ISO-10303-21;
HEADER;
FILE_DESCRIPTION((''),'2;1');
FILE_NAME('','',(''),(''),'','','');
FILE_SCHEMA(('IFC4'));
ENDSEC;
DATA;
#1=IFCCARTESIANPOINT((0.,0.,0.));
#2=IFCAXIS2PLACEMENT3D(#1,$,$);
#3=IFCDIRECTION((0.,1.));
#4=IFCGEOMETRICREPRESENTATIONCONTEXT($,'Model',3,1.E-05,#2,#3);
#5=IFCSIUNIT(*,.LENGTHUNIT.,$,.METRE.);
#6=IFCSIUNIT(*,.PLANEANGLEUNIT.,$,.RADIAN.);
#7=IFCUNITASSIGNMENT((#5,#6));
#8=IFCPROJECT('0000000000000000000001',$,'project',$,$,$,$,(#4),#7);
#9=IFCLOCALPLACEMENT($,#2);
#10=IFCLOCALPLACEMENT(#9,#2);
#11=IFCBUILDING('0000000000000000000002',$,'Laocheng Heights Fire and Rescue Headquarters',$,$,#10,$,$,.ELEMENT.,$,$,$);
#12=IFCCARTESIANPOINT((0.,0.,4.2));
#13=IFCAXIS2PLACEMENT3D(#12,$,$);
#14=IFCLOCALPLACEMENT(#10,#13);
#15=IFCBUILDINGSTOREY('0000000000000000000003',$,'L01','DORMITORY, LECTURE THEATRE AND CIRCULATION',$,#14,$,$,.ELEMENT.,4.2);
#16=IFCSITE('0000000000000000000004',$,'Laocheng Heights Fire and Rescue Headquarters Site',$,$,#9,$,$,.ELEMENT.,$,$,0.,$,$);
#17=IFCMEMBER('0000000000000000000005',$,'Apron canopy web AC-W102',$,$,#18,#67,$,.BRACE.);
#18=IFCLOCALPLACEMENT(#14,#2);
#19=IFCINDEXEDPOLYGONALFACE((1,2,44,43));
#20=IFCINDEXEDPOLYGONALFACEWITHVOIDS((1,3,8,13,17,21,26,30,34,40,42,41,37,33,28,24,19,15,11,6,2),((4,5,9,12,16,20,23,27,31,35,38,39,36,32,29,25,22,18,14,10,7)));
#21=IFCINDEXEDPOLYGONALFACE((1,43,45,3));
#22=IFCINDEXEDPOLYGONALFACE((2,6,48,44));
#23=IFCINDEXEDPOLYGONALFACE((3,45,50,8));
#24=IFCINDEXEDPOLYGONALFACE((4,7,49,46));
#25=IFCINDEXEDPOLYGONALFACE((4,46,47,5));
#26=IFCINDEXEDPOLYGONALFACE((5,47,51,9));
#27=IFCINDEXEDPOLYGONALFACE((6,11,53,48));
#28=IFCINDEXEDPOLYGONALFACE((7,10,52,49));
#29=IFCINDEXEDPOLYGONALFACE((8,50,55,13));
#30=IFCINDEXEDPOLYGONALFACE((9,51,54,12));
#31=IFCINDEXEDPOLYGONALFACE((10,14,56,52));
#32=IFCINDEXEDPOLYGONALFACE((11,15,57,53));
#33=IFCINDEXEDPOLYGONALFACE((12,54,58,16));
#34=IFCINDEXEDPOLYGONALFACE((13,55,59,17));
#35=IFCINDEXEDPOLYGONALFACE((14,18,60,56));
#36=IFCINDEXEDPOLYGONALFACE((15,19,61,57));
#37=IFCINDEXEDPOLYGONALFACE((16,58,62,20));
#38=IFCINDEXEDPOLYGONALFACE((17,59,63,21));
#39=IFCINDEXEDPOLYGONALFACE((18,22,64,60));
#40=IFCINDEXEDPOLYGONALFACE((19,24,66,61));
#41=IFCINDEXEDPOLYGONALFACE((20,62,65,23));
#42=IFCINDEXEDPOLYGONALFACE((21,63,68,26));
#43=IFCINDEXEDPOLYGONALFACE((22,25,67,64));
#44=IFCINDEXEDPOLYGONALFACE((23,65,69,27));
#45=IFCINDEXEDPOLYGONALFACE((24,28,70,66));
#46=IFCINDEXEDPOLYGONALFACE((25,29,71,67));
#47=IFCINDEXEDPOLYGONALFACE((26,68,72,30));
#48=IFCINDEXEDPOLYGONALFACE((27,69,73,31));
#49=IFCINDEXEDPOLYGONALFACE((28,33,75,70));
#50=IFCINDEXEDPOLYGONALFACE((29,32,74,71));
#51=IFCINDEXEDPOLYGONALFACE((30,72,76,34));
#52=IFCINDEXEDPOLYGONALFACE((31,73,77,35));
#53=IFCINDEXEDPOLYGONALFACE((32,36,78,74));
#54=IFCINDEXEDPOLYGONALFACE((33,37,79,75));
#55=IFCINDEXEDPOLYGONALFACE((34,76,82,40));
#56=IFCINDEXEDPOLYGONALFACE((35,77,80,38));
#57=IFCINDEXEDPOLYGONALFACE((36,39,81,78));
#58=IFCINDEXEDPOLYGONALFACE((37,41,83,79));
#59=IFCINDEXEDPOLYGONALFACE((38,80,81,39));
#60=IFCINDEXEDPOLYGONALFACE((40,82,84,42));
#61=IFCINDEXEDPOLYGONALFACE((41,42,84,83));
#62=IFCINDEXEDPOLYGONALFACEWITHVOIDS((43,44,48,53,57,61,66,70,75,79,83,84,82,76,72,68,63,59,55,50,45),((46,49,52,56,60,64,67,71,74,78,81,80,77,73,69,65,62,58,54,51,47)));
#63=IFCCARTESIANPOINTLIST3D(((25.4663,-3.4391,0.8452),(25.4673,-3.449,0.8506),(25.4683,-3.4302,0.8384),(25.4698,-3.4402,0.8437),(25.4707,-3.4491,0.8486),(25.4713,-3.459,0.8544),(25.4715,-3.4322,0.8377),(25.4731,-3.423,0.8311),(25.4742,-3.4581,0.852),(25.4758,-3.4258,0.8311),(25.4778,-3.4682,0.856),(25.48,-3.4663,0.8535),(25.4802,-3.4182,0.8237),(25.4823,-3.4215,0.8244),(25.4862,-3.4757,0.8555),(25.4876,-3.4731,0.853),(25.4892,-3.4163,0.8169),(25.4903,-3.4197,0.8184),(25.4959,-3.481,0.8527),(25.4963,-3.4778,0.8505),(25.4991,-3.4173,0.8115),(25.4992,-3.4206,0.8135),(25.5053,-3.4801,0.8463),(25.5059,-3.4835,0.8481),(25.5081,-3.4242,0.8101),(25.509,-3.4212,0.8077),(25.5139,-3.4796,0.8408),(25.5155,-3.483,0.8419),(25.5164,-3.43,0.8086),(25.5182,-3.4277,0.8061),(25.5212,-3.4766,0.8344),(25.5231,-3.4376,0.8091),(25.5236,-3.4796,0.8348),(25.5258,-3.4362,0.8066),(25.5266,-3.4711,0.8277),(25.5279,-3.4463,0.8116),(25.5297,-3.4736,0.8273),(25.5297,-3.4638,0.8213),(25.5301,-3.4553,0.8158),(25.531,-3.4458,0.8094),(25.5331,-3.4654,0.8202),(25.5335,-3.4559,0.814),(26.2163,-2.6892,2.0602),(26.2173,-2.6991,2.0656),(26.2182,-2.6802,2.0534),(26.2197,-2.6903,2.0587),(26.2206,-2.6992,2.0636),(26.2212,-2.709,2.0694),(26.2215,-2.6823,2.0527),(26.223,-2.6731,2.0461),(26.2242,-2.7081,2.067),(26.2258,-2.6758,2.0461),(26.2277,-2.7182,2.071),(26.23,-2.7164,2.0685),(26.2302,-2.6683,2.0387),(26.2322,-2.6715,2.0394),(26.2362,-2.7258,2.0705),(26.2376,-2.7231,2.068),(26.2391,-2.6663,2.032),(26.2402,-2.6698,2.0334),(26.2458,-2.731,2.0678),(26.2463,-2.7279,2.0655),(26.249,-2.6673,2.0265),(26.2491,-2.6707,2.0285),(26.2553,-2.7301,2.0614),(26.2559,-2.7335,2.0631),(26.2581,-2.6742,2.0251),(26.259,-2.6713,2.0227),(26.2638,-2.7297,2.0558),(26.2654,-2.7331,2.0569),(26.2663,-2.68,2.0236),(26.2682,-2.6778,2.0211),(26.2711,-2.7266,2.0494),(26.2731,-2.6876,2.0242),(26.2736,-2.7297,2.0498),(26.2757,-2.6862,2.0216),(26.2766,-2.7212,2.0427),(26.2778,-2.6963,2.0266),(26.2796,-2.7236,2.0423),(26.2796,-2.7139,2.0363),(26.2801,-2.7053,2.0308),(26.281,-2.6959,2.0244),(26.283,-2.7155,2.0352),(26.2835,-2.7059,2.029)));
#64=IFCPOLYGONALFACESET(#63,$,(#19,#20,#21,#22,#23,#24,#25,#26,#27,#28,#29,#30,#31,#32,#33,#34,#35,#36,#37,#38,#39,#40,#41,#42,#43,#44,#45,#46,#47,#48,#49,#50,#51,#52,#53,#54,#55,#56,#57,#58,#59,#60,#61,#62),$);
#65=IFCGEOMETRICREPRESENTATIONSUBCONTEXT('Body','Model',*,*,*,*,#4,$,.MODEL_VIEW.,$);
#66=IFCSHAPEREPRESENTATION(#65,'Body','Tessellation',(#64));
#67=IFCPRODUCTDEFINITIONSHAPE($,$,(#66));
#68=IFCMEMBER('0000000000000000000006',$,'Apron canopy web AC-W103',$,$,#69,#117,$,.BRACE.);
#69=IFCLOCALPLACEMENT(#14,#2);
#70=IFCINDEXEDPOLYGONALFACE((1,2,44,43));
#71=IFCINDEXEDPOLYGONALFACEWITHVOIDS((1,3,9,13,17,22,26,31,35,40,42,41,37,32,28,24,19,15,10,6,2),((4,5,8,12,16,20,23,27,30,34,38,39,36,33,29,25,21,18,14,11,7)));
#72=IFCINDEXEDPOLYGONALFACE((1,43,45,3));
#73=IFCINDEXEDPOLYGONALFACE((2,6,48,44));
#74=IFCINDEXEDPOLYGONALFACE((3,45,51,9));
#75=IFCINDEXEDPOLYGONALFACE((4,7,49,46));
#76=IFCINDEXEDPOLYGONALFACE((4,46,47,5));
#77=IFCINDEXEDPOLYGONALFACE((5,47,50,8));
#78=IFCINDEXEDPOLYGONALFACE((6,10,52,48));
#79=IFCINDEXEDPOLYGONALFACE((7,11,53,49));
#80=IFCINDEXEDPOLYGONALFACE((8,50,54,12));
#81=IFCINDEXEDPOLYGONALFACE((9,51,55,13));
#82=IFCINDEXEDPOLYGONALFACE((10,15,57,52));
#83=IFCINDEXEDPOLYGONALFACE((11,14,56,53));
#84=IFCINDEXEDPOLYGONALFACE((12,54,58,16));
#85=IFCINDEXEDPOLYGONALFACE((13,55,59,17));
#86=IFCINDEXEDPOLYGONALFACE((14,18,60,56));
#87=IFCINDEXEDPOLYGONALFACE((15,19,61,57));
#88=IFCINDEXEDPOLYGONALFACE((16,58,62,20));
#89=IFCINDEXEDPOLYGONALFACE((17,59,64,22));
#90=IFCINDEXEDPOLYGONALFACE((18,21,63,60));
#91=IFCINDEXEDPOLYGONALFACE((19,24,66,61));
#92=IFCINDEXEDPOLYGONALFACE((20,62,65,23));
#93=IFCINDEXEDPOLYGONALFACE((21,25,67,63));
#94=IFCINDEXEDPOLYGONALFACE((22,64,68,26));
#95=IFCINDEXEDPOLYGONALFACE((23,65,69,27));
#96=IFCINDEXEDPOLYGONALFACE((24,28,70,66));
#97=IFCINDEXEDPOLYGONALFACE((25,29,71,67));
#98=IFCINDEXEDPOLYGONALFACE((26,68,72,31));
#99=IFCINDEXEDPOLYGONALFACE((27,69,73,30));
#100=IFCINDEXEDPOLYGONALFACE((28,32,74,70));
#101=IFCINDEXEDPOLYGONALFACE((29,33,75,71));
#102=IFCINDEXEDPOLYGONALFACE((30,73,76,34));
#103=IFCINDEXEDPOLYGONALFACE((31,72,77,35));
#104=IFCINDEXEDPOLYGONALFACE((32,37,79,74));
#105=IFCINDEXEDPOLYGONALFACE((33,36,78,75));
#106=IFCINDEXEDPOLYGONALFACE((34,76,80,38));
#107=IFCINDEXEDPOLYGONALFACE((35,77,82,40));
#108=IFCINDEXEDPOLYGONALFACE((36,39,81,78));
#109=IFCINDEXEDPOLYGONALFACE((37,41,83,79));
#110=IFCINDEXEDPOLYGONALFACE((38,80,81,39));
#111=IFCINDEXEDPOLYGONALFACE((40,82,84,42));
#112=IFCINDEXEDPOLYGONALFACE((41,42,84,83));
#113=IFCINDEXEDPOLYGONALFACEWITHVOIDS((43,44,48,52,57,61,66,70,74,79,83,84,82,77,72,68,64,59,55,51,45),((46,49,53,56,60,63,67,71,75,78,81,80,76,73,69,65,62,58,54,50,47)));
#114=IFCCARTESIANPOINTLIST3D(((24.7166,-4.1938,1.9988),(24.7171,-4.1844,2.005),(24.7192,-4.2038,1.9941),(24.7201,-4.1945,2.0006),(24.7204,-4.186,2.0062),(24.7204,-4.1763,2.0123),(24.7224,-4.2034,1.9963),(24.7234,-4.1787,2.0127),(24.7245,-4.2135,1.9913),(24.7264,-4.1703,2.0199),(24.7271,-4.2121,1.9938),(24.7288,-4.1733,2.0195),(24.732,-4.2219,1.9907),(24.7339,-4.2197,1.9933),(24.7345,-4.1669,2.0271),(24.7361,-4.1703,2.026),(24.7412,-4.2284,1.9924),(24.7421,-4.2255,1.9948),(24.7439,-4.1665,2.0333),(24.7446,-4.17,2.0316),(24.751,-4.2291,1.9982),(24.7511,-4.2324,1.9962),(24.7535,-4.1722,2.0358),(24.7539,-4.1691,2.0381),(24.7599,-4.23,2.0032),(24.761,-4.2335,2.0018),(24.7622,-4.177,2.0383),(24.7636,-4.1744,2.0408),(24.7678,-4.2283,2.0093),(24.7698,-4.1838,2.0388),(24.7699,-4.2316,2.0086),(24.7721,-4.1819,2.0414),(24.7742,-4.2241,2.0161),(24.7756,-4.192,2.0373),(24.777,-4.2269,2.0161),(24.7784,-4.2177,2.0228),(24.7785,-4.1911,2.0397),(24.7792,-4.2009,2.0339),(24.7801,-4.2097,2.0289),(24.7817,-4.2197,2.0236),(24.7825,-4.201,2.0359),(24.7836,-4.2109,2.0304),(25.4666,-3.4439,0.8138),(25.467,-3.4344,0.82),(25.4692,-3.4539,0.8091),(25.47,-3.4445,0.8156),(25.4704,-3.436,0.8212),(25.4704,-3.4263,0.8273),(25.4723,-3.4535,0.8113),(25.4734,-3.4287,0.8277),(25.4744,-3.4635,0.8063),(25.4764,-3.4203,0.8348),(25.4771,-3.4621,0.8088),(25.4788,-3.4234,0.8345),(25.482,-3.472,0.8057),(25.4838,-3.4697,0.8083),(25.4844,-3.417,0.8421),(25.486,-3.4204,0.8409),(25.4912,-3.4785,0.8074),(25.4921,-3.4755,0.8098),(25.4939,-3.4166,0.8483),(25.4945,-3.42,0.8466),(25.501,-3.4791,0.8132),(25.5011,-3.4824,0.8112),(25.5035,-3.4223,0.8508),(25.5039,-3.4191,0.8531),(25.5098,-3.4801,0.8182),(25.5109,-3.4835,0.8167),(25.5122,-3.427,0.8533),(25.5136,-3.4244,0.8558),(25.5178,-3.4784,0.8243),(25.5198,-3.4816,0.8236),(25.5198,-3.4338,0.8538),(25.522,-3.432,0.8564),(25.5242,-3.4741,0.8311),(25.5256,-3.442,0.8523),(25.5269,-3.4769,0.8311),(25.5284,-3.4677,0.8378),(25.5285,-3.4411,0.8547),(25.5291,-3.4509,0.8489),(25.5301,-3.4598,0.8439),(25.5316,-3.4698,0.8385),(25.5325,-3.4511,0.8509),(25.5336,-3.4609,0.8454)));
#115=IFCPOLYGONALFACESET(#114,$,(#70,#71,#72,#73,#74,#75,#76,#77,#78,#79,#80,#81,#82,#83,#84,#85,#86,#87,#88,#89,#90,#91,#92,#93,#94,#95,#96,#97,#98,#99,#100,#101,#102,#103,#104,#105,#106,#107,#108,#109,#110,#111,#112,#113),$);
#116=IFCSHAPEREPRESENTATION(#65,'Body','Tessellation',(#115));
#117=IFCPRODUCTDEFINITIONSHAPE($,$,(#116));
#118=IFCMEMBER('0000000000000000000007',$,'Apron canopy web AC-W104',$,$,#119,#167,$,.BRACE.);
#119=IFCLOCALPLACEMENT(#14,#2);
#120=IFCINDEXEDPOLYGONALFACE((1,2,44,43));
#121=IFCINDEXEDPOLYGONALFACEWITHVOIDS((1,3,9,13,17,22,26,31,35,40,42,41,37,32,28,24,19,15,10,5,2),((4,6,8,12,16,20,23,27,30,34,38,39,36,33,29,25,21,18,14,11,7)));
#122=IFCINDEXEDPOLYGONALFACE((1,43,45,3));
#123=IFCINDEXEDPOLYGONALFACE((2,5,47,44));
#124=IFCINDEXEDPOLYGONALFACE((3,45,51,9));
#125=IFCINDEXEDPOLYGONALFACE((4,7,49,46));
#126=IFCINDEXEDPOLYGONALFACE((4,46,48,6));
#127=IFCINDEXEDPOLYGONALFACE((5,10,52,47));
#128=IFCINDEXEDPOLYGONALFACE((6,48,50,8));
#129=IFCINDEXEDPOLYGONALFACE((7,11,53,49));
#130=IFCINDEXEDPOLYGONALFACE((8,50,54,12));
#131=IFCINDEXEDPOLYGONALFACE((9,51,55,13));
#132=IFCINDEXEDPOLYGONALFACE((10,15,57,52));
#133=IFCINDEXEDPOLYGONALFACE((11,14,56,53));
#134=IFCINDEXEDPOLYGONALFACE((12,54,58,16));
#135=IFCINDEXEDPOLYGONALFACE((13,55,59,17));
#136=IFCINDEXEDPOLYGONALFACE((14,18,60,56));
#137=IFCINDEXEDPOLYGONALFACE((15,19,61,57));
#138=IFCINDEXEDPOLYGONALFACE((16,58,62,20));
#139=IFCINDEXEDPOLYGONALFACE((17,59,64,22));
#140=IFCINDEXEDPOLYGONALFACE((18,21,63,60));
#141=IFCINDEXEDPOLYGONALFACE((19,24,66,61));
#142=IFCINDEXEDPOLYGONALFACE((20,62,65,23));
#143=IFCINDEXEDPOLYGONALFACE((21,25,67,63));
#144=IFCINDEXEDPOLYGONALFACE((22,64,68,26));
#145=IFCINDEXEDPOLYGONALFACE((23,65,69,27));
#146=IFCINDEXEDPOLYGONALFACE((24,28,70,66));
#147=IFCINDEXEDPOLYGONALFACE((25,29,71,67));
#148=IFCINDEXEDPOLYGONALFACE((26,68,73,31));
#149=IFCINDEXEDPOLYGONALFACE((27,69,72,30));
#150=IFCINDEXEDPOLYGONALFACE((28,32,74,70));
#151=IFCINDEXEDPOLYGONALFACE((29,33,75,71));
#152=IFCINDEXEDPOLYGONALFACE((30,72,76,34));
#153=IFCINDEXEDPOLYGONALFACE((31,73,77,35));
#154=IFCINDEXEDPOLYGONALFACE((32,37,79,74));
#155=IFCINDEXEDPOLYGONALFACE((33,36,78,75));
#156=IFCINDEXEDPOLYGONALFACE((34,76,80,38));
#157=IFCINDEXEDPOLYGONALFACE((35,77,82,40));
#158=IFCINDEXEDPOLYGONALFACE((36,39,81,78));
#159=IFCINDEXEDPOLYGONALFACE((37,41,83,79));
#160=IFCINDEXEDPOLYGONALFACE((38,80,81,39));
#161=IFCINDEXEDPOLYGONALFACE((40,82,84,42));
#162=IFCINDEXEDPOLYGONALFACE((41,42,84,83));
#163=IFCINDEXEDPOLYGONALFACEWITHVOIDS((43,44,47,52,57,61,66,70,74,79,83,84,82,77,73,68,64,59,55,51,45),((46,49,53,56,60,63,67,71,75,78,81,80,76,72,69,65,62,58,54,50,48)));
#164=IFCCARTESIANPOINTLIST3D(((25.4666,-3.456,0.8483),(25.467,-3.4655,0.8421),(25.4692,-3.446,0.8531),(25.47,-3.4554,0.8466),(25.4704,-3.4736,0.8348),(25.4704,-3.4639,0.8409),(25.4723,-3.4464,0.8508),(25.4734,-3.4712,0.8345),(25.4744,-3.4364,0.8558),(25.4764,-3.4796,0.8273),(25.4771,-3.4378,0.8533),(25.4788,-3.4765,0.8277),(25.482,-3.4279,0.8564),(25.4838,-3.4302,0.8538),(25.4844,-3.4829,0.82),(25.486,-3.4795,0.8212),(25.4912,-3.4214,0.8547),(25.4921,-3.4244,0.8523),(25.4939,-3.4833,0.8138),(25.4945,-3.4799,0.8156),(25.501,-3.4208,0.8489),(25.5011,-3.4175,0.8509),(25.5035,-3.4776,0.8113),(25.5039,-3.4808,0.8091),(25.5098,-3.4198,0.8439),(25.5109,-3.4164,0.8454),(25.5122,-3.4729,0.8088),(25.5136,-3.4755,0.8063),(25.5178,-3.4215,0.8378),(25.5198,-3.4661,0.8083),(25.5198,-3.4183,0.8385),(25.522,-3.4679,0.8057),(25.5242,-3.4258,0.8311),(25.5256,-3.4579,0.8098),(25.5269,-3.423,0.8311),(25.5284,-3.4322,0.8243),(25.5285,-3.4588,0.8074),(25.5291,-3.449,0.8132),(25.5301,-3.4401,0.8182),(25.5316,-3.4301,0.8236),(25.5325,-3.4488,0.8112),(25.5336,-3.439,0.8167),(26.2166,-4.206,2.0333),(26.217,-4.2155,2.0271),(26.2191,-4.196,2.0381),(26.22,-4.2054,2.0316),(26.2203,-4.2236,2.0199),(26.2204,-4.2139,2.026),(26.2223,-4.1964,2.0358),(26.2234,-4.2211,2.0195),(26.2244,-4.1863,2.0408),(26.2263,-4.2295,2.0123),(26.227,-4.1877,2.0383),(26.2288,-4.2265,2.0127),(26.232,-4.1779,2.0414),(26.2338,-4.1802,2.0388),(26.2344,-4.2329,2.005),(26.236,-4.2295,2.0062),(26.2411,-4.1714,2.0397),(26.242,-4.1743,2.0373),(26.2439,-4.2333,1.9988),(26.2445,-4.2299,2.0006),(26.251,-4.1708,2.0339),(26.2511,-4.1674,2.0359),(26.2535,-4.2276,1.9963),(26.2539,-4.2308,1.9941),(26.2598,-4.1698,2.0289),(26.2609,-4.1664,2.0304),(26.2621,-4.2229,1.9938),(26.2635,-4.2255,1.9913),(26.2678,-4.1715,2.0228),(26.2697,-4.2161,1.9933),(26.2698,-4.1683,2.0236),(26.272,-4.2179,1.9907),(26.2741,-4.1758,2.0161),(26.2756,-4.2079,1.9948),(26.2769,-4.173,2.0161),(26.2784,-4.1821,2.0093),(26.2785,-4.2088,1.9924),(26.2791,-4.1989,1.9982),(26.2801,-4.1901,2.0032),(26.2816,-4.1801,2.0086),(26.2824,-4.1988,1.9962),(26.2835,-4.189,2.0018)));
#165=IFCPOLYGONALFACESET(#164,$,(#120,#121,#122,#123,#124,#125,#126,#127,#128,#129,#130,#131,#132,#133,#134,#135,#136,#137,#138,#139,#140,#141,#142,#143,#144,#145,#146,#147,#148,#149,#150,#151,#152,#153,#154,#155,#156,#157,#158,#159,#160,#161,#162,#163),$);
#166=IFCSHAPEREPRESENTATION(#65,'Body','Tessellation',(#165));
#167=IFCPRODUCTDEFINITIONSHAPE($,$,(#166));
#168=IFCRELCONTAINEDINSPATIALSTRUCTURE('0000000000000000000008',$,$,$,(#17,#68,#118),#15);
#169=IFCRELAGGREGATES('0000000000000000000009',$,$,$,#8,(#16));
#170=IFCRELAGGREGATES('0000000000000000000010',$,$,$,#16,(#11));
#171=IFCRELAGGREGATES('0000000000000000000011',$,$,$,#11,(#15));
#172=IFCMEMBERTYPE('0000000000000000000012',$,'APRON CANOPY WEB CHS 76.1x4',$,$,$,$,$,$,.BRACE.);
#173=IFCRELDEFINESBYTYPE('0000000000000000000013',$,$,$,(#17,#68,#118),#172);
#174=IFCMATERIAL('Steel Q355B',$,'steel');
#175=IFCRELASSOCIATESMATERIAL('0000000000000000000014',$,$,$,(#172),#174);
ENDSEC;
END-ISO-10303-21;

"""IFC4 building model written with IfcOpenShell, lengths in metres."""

from ifc_helpers import new_model, si_unit, direction, frame, origin, origin_2d, place, context, subcontext, project, spatial, hollow_circle, extrude, material, material_profile, profile_set, type_object, element, save


model = new_model("IFC4")

# Units and contexts
model_context = context("Model", 3, precision=1e-05, world=origin(), true_north=direction((0.0, 1.0)))
body_context = subcontext(model_context, "Body", "Model", "MODEL_VIEW")
ifc_project = project(units=[si_unit("LENGTHUNIT", "METRE"), si_unit("PLANEANGLEUNIT", "RADIAN")], contexts=[model_context])

# Site, building, storey
site_placement = place(None, origin())
site = spatial("IfcSite", under=ifc_project, at=site_placement, Name="Laocheng Heights Fire and Rescue Headquarters Site", CompositionType="ELEMENT", RefElevation=0.0)
building_placement = place(site_placement, origin())
building = spatial("IfcBuilding", under=site, at=building_placement, Name="Laocheng Heights Fire and Rescue Headquarters", CompositionType="ELEMENT")
storey_placement = place(building_placement, frame((0.0, 0.0, 4.2)))
storey = spatial("IfcBuildingStorey", under=building, at=storey_placement, Name="L01", Description="DORMITORY, LECTURE THEATRE AND CIRCULATION", CompositionType="ELEMENT", Elevation=4.2)

# Members
ifc_material_1 = material(Name="Steel Q355B", Category="steel")
ifc_material_profile_1 = material_profile(ifc_material_1, hollow_circle(Radius=0.0381, WallThickness=0.0039, at=origin_2d()), Name="CHS 76.1x4")
ifc_profile_set_1 = profile_set([ifc_material_profile_1], Name="Steel Q355B")
member_type_1 = type_object("IfcMemberType", Name="APRON CANOPY WEB CHS 76.1x4", PredefinedType="BRACE", material=ifc_profile_set_1)
for number, where, z_axis, x_axis, name in (
    (1, (25.5, -3.45, 0.8311), (0.465002, 0.465002, 0.753357), (-0.707107, 0.707107, 0.0), "Apron canopy web AC-W102"),
):
    element("IfcMember", number, at=place(storey_placement, frame(where, z_axis=z_axis, x_axis=x_axis)), inside=storey, type_object=member_type_1, Name=name, PredefinedType="BRACE", context=body_context, shape_type="SweptSolid", body=[
        extrude(hollow_circle(Radius=0.0381, WallThickness=0.0039, at=origin_2d()), origin(), (0.0, 0.0, 1.0), 1.6128),
    ])
for number, where, z_axis, x_axis, name in (
    (2, (25.5, -3.45, 0.8311), (-0.47158, -0.47158, 0.745134), (0.707107, -0.707107, 0.0), "Apron canopy web AC-W103"),
    (3, (25.5, -3.45, 0.8311), (0.47158, -0.47158, 0.745134), (0.707107, 0.707107, 0.0), "Apron canopy web AC-W104"),
):
    element("IfcMember", number, at=place(storey_placement, frame(where, z_axis=z_axis, x_axis=x_axis)), inside=storey, type_object=member_type_1, Name=name, PredefinedType="BRACE", context=body_context, shape_type="SweptSolid", body=[
        extrude(hollow_circle(Radius=0.0381, WallThickness=0.0039, at=origin_2d()), origin(), (0.0, 0.0, 1.0), 1.5903),
    ])

save(model, "model.ifc")
